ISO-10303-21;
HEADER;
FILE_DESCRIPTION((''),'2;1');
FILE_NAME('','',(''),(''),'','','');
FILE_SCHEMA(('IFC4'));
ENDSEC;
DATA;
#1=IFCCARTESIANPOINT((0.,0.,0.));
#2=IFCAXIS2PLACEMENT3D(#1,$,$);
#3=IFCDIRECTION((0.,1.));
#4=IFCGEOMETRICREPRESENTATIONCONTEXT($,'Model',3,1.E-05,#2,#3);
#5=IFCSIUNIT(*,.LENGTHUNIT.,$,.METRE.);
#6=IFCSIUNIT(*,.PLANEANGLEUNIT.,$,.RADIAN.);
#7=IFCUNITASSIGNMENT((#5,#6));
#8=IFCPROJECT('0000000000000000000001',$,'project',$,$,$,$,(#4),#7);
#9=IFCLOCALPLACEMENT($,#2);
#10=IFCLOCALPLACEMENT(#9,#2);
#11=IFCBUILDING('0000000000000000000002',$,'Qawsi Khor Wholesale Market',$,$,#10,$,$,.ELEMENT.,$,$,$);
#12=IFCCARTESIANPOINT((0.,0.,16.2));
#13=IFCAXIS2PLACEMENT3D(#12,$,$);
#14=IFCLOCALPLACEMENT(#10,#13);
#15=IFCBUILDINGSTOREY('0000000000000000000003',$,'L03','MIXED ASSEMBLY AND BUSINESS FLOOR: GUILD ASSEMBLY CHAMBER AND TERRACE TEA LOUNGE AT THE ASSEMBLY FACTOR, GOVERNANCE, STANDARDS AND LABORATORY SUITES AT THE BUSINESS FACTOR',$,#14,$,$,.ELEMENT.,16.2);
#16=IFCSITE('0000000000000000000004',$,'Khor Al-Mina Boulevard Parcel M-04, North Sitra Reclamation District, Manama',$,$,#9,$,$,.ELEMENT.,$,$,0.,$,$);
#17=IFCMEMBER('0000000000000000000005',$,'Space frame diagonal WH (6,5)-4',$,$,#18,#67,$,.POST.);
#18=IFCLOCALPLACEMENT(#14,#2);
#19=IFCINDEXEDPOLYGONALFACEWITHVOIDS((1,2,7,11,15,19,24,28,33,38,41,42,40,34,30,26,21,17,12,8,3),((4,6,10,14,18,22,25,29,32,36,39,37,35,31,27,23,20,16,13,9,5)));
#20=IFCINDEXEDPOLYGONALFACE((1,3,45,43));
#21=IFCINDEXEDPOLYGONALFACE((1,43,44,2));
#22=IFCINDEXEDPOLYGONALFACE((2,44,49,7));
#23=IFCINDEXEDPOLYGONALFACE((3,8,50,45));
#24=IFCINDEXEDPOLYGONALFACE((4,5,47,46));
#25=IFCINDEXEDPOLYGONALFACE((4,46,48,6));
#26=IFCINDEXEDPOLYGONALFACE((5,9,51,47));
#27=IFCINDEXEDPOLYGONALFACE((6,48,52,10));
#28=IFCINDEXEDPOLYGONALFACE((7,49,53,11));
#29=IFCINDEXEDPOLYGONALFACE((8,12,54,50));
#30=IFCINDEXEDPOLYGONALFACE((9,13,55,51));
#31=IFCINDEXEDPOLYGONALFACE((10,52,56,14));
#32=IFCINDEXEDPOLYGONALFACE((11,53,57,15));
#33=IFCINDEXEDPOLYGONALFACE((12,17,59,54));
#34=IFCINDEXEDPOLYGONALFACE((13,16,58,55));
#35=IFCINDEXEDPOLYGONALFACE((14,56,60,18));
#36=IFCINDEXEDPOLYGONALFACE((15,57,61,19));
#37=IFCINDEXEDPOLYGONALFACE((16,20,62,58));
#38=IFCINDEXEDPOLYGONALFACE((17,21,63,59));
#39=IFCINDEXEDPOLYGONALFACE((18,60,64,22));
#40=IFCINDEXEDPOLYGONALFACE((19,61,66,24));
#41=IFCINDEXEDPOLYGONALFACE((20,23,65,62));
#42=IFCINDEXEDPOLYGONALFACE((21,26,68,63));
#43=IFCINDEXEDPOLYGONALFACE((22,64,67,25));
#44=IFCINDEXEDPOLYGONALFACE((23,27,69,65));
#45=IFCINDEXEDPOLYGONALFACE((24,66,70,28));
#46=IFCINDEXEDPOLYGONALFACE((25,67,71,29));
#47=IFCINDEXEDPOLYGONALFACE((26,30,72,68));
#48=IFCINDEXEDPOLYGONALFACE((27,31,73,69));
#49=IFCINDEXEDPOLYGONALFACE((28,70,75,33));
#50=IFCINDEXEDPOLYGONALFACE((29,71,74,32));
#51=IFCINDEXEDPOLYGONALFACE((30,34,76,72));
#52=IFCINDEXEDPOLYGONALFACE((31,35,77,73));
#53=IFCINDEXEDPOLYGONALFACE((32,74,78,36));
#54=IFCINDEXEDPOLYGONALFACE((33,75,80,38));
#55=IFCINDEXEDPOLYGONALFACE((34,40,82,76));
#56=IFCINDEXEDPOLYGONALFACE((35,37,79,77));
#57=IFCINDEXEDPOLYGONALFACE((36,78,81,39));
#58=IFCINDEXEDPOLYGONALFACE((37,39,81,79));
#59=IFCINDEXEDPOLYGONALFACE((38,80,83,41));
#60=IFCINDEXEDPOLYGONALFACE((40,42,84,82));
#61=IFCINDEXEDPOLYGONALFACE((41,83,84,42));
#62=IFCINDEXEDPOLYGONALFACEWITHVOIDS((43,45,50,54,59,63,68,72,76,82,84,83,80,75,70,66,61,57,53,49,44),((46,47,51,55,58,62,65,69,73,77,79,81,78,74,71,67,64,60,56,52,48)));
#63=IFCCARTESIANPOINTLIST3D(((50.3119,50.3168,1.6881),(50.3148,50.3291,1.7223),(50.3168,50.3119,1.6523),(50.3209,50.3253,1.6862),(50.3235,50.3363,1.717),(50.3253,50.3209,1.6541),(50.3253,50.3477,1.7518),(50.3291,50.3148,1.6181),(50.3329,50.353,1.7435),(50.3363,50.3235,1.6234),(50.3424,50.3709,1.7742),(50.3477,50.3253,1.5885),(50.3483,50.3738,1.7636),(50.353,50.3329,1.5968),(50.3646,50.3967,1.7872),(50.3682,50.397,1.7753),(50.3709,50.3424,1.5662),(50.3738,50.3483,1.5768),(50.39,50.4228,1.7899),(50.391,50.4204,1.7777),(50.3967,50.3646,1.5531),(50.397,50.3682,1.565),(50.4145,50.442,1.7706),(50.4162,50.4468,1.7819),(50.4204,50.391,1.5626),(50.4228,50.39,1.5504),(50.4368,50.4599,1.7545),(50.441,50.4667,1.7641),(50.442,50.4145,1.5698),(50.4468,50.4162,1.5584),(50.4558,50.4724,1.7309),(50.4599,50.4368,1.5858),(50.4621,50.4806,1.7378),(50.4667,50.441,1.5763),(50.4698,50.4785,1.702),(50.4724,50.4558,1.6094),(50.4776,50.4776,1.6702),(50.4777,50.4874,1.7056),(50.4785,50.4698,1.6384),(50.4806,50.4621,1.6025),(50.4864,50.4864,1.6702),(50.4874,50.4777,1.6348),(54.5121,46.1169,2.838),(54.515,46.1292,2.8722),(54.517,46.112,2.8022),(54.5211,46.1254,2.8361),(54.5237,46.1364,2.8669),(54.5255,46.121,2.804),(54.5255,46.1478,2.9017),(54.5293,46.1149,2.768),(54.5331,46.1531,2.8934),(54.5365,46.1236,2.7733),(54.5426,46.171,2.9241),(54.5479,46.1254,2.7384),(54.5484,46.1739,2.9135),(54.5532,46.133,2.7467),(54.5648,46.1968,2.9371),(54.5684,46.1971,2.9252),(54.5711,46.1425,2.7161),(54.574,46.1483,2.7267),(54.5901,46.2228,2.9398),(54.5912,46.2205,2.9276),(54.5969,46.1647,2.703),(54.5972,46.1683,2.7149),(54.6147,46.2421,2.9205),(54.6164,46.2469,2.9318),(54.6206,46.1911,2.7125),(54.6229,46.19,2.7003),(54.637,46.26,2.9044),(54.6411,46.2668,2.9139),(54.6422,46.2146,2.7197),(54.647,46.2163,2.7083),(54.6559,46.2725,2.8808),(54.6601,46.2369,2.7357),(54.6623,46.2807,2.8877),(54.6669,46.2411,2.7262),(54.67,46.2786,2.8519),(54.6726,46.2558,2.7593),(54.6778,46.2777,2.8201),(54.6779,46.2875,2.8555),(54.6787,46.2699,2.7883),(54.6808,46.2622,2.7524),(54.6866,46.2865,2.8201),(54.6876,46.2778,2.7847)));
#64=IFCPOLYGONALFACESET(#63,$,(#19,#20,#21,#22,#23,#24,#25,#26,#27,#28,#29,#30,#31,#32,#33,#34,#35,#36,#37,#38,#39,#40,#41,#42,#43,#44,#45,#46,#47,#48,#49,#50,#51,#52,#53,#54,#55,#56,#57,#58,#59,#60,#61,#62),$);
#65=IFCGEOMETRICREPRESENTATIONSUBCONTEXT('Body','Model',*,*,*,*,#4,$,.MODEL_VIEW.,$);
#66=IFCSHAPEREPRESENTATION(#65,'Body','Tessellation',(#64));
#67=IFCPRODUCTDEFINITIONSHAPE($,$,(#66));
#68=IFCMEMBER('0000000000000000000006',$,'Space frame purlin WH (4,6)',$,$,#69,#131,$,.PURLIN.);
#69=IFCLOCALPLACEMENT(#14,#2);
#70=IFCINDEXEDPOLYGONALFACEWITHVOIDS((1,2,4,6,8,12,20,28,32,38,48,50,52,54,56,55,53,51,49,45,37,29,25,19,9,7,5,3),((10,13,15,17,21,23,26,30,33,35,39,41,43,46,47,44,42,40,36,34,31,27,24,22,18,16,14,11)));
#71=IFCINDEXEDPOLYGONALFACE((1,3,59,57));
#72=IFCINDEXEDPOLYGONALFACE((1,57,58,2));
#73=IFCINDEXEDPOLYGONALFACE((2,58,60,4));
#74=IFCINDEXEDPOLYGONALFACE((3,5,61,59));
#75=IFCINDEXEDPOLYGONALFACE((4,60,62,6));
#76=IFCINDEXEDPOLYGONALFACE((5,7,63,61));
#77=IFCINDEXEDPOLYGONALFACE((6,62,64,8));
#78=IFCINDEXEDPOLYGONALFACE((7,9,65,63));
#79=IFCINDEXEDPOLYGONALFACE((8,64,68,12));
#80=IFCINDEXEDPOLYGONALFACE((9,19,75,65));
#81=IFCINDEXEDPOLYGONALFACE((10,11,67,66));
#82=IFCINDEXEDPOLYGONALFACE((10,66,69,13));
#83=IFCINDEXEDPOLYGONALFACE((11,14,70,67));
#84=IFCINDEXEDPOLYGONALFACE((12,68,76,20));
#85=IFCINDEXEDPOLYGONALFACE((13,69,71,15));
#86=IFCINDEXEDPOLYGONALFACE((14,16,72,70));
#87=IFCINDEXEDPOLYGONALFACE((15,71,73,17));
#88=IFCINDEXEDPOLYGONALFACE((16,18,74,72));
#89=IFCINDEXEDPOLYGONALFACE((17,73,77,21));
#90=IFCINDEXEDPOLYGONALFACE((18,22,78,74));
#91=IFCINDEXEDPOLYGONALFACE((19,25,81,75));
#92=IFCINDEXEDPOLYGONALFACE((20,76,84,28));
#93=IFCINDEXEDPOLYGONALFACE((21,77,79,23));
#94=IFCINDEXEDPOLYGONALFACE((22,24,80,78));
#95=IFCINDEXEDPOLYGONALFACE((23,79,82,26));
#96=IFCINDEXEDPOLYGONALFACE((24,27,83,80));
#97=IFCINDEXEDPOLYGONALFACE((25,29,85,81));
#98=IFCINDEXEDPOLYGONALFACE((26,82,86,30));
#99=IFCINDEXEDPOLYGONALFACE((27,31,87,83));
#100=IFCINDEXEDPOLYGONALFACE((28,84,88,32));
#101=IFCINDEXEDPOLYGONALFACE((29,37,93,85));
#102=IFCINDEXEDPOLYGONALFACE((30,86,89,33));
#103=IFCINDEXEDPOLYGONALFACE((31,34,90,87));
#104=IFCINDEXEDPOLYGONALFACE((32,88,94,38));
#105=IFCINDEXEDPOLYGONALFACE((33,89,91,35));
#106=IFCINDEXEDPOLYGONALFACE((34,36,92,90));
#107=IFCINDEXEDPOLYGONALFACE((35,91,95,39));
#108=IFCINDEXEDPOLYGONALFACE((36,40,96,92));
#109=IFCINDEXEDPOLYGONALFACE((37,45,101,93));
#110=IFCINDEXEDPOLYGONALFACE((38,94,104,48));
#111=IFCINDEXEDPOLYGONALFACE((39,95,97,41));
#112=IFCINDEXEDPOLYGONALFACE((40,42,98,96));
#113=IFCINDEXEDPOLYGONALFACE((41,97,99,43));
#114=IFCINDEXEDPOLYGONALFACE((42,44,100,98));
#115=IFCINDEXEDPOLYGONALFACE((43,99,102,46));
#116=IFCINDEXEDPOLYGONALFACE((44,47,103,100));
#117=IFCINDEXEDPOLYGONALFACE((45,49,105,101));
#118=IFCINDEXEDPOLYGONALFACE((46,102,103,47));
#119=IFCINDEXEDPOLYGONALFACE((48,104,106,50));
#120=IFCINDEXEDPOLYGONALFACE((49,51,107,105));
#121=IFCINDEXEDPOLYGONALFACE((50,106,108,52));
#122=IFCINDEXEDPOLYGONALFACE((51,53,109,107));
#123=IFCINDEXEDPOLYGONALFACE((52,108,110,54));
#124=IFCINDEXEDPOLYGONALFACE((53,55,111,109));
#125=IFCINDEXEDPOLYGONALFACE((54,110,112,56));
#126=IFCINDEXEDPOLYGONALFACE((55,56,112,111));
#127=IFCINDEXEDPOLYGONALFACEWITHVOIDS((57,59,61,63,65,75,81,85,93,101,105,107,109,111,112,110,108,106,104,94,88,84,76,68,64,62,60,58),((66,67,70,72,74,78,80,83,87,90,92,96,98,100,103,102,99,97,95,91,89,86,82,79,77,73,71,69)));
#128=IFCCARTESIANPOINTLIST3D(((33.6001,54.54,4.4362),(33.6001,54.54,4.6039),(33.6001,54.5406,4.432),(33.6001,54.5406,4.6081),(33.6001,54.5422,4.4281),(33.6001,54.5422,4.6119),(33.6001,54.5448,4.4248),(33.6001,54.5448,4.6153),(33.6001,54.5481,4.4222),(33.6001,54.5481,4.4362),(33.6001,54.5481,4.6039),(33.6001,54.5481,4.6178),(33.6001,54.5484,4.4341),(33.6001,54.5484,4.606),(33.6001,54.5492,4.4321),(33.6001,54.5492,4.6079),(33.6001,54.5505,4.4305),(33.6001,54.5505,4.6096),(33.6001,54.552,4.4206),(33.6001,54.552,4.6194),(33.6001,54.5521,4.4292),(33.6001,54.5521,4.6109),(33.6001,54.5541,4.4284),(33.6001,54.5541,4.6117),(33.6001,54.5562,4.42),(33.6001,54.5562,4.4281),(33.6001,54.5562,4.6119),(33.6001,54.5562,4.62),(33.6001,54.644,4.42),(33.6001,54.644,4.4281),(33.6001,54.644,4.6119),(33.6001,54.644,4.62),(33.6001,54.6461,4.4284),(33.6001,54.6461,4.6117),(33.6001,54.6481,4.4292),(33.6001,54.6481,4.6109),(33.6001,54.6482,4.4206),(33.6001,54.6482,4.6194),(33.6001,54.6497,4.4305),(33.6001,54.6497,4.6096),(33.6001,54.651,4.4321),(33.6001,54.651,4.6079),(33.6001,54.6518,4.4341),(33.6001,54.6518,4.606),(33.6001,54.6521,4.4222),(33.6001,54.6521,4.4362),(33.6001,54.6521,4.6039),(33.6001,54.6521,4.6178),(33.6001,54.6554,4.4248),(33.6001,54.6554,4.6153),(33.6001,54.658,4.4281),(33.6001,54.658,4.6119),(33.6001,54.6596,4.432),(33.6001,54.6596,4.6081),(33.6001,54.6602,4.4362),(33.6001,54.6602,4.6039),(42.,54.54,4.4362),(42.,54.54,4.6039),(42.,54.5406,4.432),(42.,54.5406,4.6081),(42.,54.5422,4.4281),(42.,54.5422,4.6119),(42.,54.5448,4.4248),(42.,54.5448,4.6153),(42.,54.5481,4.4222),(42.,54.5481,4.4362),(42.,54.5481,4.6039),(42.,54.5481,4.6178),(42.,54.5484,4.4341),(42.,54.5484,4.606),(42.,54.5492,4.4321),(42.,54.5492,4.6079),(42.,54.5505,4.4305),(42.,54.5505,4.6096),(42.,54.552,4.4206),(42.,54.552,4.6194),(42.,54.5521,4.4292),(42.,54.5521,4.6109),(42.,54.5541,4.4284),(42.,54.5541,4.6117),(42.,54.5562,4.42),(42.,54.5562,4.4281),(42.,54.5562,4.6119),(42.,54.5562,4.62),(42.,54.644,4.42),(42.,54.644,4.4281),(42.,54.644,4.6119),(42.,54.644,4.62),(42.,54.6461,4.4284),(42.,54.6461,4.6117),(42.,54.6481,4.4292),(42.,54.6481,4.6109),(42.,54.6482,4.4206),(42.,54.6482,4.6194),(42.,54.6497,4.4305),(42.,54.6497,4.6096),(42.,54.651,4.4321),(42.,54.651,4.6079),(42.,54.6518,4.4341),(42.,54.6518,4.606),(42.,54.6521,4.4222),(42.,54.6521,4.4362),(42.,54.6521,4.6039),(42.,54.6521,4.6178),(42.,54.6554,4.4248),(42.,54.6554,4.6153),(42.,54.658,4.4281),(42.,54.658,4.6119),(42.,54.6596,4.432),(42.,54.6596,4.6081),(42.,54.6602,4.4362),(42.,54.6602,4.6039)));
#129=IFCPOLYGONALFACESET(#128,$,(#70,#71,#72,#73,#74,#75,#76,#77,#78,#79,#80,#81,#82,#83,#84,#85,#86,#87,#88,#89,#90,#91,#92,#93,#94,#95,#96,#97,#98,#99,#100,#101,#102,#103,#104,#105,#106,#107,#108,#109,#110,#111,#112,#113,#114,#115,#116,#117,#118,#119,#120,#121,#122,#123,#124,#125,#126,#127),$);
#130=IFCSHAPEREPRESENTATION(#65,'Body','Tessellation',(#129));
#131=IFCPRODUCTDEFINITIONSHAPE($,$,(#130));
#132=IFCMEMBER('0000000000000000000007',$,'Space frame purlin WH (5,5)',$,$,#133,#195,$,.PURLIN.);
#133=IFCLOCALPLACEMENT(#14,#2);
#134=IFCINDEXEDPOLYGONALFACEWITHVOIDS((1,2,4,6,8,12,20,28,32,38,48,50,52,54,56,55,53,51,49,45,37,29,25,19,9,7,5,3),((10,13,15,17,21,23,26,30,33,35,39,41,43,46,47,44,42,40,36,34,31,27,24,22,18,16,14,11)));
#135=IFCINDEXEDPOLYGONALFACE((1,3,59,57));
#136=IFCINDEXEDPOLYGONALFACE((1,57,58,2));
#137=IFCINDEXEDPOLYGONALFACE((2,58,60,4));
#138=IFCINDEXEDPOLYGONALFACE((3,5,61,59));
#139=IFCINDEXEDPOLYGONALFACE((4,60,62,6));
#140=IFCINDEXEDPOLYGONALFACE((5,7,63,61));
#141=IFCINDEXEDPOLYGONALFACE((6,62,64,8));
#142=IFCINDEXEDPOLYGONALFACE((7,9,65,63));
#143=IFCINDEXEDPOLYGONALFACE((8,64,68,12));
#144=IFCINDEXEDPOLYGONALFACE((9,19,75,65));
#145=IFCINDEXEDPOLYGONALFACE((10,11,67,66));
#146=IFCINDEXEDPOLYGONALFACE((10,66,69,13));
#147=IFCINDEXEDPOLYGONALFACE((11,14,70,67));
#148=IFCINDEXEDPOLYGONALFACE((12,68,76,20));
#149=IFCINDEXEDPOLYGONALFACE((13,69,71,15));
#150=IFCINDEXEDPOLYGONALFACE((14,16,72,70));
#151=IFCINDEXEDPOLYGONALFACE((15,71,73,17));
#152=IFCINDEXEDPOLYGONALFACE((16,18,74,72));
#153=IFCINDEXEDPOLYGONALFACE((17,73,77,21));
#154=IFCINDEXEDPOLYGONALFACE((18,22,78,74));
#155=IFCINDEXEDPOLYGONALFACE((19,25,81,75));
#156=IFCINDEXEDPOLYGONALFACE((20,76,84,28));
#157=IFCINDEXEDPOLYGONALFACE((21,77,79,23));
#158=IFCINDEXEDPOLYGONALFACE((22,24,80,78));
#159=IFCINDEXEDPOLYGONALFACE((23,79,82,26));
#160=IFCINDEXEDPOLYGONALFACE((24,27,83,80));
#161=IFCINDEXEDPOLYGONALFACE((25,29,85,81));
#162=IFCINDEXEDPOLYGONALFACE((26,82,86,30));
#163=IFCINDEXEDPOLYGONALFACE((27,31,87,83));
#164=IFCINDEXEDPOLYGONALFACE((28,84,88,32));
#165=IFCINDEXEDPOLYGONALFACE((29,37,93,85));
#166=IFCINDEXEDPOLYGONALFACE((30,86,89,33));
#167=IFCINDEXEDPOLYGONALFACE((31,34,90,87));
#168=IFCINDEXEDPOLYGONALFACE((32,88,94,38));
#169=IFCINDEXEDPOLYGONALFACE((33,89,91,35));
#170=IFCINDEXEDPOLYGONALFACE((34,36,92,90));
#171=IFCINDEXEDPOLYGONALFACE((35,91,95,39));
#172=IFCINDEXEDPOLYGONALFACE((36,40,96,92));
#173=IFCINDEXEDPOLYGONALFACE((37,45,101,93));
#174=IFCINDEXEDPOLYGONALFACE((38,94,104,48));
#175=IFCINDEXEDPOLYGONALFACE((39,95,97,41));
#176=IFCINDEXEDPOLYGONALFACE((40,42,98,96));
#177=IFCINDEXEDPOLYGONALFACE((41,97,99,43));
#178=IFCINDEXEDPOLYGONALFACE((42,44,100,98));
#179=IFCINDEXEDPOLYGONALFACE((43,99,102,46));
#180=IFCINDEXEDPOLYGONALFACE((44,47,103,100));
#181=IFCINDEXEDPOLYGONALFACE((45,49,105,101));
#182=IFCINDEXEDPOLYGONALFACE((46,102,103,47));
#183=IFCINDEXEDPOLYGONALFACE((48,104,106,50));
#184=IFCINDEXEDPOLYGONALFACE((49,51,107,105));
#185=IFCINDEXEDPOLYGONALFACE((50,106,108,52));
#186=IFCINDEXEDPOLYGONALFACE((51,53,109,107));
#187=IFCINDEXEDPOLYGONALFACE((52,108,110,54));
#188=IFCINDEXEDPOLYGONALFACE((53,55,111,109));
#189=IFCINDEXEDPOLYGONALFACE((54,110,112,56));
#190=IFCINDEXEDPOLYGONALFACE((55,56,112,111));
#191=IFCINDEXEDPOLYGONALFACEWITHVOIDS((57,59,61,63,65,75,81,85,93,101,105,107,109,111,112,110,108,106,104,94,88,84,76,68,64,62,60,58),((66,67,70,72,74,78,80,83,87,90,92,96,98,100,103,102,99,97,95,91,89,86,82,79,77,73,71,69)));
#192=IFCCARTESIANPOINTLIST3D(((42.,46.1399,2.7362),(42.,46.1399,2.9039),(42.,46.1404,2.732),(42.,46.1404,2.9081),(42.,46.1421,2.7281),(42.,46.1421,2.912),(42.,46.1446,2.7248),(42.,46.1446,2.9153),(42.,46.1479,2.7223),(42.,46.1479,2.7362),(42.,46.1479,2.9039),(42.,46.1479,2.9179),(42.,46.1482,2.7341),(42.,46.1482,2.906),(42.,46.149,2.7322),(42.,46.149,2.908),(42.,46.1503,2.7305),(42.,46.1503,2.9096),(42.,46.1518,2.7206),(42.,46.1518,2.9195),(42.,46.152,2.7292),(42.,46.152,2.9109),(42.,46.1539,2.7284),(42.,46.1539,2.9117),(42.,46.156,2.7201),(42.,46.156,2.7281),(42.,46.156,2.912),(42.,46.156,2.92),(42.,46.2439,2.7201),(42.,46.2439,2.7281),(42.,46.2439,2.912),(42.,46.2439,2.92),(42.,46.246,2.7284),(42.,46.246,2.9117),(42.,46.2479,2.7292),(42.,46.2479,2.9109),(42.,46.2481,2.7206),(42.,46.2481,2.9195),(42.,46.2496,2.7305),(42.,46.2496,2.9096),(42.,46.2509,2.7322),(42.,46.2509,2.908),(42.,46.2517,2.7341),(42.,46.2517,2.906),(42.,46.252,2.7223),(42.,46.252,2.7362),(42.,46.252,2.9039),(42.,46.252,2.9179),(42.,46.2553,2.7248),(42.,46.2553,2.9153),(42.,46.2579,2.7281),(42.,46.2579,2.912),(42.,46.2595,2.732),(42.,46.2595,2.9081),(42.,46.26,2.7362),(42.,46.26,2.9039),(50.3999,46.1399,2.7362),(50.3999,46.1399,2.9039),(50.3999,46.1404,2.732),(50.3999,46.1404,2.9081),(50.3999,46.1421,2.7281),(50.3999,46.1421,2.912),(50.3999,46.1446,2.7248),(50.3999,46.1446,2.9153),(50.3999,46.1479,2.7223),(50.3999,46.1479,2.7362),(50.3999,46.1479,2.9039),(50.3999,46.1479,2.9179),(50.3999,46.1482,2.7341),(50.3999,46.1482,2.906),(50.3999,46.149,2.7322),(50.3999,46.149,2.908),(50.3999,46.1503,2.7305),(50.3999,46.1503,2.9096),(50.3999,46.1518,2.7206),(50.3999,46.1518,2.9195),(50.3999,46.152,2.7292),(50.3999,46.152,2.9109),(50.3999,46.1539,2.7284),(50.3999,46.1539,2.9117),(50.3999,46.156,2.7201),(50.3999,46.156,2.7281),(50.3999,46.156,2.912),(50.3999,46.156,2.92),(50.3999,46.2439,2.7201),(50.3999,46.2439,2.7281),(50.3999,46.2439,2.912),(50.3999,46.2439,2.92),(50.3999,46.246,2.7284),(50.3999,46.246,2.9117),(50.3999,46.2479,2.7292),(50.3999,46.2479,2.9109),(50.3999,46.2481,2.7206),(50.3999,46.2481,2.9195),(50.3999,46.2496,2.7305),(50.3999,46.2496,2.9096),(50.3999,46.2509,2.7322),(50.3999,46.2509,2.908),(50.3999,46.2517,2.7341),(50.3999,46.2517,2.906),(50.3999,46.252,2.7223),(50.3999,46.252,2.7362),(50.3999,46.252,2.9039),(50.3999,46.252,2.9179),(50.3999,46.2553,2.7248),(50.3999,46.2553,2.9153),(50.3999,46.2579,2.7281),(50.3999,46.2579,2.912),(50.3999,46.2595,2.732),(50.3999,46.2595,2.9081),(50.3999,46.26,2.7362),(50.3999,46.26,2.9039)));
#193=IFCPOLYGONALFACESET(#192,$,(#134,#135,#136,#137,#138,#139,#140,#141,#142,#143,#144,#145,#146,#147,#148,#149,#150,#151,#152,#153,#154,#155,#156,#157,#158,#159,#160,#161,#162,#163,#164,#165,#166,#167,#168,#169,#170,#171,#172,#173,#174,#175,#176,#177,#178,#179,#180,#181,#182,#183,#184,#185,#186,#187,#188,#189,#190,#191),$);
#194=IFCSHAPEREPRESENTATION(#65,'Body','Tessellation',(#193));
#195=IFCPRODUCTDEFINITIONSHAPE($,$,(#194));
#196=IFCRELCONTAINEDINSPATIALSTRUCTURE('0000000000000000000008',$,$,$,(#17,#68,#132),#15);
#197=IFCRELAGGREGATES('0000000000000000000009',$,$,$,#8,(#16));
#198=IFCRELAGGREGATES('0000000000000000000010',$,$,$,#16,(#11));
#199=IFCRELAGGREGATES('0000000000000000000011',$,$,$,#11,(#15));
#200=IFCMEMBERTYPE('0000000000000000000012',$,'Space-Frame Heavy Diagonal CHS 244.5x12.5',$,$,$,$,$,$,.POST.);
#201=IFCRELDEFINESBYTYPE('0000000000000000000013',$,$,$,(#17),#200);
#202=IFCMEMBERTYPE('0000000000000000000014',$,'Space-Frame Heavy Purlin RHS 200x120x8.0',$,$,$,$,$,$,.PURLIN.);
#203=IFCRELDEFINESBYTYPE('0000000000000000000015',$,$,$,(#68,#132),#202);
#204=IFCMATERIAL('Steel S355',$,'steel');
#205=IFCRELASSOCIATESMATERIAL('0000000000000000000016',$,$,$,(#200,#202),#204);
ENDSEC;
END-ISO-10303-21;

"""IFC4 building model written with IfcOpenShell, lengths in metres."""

from ifc_helpers import new_model, si_unit, direction, frame, origin, origin_2d, place, context, subcontext, project, spatial, hollow_rectangle, hollow_circle, extrude, material, material_profile, profile_set, type_object, element, save


model = new_model("IFC4")

# Units and contexts
model_context = context("Model", 3, precision=1e-05, world=origin(), true_north=direction((0.0, 1.0)))
body_context = subcontext(model_context, "Body", "Model", "MODEL_VIEW")
ifc_project = project(units=[si_unit("LENGTHUNIT", "METRE"), si_unit("PLANEANGLEUNIT", "RADIAN")], contexts=[model_context])

# Site, building, storey
site_placement = place(None, origin())
site = spatial("IfcSite", under=ifc_project, at=site_placement, Name="Khor Al-Mina Boulevard Parcel M-04, North Sitra Reclamation District, Manama", CompositionType="ELEMENT", RefElevation=0.0)
building_placement = place(site_placement, origin())
building = spatial("IfcBuilding", under=site, at=building_placement, Name="Qawsi Khor Wholesale Market", CompositionType="ELEMENT")
storey_placement = place(building_placement, frame((0.0, 0.0, 16.2)))
storey = spatial("IfcBuildingStorey", under=building, at=storey_placement, Name="L03", Description="MIXED ASSEMBLY AND BUSINESS FLOOR: GUILD ASSEMBLY CHAMBER AND TERRACE TEA LOUNGE AT THE ASSEMBLY FACTOR, GOVERNANCE, STANDARDS AND LABORATORY SUITES AT THE BUSINESS FACTOR", CompositionType="ELEMENT", Elevation=16.2)

# Members
ifc_material_1 = material(Name="Steel S355", Category="steel")
ifc_material_profile_1 = material_profile(ifc_material_1, hollow_circle(Radius=0.1223, WallThickness=0.0125, at=origin_2d()), Name="CHS 244.5x12.5")
ifc_profile_set_1 = profile_set([ifc_material_profile_1], Name="Steel S355")
member_type_1 = type_object("IfcMemberType", Name="Space-Frame Heavy Diagonal CHS 244.5x12.5", PredefinedType="POST", material=ifc_profile_set_1)
member_1_placement = place(storey_placement, frame((50.3999, 50.3999, 1.6702), z_axis=(0.694238, -0.694197, 0.190064), x_axis=(0.707086, 0.707127, 0.0)))
element("IfcMember", 1, at=member_1_placement, inside=storey, type_object=member_type_1, Name="Space frame diagonal WH (6,5)-4", PredefinedType="POST", context=body_context, shape_type="SweptSolid", body=[
    extrude(hollow_circle(Radius=0.1223, WallThickness=0.0125, at=origin_2d()), origin(), (0.0, 0.0, 1.0), 6.05),
])
ifc_material_profile_2 = material_profile(ifc_material_1, hollow_rectangle(XDim=0.1201, YDim=0.2, WallThickness=0.0081, InnerFilletRadius=0.0081, OuterFilletRadius=0.0161, at=origin_2d()), Name="RHS 200x120x8.0")
ifc_profile_set_2 = profile_set([ifc_material_profile_2], Name="Steel S355")
member_type_2 = type_object("IfcMemberType", Name="Space-Frame Heavy Purlin RHS 200x120x8.0", PredefinedType="PURLIN", material=ifc_profile_set_2)
for number, where, z_axis, x_axis, name in (
    (2, (33.6001, 54.6001, 4.52), (1.0, 0.0, 0.0), (0.0, 1.0, 0.0), "Space frame purlin WH (4,6)"),
    (3, (42.0, 46.2, 2.8201), (1.0, 0.0, 0.0), (0.0, 1.0, 0.0), "Space frame purlin WH (5,5)"),
):
    element("IfcMember", number, at=place(storey_placement, frame(where, z_axis=z_axis, x_axis=x_axis)), inside=storey, type_object=member_type_2, Name=name, PredefinedType="PURLIN", context=body_context, shape_type="SweptSolid", body=[
        extrude(hollow_rectangle(XDim=0.1201, YDim=0.2, WallThickness=0.0081, InnerFilletRadius=0.0081, OuterFilletRadius=0.0161, at=origin_2d()), origin(), (0.0, 0.0, 1.0), 8.3999),
    ])

save(model, "model.ifc")
